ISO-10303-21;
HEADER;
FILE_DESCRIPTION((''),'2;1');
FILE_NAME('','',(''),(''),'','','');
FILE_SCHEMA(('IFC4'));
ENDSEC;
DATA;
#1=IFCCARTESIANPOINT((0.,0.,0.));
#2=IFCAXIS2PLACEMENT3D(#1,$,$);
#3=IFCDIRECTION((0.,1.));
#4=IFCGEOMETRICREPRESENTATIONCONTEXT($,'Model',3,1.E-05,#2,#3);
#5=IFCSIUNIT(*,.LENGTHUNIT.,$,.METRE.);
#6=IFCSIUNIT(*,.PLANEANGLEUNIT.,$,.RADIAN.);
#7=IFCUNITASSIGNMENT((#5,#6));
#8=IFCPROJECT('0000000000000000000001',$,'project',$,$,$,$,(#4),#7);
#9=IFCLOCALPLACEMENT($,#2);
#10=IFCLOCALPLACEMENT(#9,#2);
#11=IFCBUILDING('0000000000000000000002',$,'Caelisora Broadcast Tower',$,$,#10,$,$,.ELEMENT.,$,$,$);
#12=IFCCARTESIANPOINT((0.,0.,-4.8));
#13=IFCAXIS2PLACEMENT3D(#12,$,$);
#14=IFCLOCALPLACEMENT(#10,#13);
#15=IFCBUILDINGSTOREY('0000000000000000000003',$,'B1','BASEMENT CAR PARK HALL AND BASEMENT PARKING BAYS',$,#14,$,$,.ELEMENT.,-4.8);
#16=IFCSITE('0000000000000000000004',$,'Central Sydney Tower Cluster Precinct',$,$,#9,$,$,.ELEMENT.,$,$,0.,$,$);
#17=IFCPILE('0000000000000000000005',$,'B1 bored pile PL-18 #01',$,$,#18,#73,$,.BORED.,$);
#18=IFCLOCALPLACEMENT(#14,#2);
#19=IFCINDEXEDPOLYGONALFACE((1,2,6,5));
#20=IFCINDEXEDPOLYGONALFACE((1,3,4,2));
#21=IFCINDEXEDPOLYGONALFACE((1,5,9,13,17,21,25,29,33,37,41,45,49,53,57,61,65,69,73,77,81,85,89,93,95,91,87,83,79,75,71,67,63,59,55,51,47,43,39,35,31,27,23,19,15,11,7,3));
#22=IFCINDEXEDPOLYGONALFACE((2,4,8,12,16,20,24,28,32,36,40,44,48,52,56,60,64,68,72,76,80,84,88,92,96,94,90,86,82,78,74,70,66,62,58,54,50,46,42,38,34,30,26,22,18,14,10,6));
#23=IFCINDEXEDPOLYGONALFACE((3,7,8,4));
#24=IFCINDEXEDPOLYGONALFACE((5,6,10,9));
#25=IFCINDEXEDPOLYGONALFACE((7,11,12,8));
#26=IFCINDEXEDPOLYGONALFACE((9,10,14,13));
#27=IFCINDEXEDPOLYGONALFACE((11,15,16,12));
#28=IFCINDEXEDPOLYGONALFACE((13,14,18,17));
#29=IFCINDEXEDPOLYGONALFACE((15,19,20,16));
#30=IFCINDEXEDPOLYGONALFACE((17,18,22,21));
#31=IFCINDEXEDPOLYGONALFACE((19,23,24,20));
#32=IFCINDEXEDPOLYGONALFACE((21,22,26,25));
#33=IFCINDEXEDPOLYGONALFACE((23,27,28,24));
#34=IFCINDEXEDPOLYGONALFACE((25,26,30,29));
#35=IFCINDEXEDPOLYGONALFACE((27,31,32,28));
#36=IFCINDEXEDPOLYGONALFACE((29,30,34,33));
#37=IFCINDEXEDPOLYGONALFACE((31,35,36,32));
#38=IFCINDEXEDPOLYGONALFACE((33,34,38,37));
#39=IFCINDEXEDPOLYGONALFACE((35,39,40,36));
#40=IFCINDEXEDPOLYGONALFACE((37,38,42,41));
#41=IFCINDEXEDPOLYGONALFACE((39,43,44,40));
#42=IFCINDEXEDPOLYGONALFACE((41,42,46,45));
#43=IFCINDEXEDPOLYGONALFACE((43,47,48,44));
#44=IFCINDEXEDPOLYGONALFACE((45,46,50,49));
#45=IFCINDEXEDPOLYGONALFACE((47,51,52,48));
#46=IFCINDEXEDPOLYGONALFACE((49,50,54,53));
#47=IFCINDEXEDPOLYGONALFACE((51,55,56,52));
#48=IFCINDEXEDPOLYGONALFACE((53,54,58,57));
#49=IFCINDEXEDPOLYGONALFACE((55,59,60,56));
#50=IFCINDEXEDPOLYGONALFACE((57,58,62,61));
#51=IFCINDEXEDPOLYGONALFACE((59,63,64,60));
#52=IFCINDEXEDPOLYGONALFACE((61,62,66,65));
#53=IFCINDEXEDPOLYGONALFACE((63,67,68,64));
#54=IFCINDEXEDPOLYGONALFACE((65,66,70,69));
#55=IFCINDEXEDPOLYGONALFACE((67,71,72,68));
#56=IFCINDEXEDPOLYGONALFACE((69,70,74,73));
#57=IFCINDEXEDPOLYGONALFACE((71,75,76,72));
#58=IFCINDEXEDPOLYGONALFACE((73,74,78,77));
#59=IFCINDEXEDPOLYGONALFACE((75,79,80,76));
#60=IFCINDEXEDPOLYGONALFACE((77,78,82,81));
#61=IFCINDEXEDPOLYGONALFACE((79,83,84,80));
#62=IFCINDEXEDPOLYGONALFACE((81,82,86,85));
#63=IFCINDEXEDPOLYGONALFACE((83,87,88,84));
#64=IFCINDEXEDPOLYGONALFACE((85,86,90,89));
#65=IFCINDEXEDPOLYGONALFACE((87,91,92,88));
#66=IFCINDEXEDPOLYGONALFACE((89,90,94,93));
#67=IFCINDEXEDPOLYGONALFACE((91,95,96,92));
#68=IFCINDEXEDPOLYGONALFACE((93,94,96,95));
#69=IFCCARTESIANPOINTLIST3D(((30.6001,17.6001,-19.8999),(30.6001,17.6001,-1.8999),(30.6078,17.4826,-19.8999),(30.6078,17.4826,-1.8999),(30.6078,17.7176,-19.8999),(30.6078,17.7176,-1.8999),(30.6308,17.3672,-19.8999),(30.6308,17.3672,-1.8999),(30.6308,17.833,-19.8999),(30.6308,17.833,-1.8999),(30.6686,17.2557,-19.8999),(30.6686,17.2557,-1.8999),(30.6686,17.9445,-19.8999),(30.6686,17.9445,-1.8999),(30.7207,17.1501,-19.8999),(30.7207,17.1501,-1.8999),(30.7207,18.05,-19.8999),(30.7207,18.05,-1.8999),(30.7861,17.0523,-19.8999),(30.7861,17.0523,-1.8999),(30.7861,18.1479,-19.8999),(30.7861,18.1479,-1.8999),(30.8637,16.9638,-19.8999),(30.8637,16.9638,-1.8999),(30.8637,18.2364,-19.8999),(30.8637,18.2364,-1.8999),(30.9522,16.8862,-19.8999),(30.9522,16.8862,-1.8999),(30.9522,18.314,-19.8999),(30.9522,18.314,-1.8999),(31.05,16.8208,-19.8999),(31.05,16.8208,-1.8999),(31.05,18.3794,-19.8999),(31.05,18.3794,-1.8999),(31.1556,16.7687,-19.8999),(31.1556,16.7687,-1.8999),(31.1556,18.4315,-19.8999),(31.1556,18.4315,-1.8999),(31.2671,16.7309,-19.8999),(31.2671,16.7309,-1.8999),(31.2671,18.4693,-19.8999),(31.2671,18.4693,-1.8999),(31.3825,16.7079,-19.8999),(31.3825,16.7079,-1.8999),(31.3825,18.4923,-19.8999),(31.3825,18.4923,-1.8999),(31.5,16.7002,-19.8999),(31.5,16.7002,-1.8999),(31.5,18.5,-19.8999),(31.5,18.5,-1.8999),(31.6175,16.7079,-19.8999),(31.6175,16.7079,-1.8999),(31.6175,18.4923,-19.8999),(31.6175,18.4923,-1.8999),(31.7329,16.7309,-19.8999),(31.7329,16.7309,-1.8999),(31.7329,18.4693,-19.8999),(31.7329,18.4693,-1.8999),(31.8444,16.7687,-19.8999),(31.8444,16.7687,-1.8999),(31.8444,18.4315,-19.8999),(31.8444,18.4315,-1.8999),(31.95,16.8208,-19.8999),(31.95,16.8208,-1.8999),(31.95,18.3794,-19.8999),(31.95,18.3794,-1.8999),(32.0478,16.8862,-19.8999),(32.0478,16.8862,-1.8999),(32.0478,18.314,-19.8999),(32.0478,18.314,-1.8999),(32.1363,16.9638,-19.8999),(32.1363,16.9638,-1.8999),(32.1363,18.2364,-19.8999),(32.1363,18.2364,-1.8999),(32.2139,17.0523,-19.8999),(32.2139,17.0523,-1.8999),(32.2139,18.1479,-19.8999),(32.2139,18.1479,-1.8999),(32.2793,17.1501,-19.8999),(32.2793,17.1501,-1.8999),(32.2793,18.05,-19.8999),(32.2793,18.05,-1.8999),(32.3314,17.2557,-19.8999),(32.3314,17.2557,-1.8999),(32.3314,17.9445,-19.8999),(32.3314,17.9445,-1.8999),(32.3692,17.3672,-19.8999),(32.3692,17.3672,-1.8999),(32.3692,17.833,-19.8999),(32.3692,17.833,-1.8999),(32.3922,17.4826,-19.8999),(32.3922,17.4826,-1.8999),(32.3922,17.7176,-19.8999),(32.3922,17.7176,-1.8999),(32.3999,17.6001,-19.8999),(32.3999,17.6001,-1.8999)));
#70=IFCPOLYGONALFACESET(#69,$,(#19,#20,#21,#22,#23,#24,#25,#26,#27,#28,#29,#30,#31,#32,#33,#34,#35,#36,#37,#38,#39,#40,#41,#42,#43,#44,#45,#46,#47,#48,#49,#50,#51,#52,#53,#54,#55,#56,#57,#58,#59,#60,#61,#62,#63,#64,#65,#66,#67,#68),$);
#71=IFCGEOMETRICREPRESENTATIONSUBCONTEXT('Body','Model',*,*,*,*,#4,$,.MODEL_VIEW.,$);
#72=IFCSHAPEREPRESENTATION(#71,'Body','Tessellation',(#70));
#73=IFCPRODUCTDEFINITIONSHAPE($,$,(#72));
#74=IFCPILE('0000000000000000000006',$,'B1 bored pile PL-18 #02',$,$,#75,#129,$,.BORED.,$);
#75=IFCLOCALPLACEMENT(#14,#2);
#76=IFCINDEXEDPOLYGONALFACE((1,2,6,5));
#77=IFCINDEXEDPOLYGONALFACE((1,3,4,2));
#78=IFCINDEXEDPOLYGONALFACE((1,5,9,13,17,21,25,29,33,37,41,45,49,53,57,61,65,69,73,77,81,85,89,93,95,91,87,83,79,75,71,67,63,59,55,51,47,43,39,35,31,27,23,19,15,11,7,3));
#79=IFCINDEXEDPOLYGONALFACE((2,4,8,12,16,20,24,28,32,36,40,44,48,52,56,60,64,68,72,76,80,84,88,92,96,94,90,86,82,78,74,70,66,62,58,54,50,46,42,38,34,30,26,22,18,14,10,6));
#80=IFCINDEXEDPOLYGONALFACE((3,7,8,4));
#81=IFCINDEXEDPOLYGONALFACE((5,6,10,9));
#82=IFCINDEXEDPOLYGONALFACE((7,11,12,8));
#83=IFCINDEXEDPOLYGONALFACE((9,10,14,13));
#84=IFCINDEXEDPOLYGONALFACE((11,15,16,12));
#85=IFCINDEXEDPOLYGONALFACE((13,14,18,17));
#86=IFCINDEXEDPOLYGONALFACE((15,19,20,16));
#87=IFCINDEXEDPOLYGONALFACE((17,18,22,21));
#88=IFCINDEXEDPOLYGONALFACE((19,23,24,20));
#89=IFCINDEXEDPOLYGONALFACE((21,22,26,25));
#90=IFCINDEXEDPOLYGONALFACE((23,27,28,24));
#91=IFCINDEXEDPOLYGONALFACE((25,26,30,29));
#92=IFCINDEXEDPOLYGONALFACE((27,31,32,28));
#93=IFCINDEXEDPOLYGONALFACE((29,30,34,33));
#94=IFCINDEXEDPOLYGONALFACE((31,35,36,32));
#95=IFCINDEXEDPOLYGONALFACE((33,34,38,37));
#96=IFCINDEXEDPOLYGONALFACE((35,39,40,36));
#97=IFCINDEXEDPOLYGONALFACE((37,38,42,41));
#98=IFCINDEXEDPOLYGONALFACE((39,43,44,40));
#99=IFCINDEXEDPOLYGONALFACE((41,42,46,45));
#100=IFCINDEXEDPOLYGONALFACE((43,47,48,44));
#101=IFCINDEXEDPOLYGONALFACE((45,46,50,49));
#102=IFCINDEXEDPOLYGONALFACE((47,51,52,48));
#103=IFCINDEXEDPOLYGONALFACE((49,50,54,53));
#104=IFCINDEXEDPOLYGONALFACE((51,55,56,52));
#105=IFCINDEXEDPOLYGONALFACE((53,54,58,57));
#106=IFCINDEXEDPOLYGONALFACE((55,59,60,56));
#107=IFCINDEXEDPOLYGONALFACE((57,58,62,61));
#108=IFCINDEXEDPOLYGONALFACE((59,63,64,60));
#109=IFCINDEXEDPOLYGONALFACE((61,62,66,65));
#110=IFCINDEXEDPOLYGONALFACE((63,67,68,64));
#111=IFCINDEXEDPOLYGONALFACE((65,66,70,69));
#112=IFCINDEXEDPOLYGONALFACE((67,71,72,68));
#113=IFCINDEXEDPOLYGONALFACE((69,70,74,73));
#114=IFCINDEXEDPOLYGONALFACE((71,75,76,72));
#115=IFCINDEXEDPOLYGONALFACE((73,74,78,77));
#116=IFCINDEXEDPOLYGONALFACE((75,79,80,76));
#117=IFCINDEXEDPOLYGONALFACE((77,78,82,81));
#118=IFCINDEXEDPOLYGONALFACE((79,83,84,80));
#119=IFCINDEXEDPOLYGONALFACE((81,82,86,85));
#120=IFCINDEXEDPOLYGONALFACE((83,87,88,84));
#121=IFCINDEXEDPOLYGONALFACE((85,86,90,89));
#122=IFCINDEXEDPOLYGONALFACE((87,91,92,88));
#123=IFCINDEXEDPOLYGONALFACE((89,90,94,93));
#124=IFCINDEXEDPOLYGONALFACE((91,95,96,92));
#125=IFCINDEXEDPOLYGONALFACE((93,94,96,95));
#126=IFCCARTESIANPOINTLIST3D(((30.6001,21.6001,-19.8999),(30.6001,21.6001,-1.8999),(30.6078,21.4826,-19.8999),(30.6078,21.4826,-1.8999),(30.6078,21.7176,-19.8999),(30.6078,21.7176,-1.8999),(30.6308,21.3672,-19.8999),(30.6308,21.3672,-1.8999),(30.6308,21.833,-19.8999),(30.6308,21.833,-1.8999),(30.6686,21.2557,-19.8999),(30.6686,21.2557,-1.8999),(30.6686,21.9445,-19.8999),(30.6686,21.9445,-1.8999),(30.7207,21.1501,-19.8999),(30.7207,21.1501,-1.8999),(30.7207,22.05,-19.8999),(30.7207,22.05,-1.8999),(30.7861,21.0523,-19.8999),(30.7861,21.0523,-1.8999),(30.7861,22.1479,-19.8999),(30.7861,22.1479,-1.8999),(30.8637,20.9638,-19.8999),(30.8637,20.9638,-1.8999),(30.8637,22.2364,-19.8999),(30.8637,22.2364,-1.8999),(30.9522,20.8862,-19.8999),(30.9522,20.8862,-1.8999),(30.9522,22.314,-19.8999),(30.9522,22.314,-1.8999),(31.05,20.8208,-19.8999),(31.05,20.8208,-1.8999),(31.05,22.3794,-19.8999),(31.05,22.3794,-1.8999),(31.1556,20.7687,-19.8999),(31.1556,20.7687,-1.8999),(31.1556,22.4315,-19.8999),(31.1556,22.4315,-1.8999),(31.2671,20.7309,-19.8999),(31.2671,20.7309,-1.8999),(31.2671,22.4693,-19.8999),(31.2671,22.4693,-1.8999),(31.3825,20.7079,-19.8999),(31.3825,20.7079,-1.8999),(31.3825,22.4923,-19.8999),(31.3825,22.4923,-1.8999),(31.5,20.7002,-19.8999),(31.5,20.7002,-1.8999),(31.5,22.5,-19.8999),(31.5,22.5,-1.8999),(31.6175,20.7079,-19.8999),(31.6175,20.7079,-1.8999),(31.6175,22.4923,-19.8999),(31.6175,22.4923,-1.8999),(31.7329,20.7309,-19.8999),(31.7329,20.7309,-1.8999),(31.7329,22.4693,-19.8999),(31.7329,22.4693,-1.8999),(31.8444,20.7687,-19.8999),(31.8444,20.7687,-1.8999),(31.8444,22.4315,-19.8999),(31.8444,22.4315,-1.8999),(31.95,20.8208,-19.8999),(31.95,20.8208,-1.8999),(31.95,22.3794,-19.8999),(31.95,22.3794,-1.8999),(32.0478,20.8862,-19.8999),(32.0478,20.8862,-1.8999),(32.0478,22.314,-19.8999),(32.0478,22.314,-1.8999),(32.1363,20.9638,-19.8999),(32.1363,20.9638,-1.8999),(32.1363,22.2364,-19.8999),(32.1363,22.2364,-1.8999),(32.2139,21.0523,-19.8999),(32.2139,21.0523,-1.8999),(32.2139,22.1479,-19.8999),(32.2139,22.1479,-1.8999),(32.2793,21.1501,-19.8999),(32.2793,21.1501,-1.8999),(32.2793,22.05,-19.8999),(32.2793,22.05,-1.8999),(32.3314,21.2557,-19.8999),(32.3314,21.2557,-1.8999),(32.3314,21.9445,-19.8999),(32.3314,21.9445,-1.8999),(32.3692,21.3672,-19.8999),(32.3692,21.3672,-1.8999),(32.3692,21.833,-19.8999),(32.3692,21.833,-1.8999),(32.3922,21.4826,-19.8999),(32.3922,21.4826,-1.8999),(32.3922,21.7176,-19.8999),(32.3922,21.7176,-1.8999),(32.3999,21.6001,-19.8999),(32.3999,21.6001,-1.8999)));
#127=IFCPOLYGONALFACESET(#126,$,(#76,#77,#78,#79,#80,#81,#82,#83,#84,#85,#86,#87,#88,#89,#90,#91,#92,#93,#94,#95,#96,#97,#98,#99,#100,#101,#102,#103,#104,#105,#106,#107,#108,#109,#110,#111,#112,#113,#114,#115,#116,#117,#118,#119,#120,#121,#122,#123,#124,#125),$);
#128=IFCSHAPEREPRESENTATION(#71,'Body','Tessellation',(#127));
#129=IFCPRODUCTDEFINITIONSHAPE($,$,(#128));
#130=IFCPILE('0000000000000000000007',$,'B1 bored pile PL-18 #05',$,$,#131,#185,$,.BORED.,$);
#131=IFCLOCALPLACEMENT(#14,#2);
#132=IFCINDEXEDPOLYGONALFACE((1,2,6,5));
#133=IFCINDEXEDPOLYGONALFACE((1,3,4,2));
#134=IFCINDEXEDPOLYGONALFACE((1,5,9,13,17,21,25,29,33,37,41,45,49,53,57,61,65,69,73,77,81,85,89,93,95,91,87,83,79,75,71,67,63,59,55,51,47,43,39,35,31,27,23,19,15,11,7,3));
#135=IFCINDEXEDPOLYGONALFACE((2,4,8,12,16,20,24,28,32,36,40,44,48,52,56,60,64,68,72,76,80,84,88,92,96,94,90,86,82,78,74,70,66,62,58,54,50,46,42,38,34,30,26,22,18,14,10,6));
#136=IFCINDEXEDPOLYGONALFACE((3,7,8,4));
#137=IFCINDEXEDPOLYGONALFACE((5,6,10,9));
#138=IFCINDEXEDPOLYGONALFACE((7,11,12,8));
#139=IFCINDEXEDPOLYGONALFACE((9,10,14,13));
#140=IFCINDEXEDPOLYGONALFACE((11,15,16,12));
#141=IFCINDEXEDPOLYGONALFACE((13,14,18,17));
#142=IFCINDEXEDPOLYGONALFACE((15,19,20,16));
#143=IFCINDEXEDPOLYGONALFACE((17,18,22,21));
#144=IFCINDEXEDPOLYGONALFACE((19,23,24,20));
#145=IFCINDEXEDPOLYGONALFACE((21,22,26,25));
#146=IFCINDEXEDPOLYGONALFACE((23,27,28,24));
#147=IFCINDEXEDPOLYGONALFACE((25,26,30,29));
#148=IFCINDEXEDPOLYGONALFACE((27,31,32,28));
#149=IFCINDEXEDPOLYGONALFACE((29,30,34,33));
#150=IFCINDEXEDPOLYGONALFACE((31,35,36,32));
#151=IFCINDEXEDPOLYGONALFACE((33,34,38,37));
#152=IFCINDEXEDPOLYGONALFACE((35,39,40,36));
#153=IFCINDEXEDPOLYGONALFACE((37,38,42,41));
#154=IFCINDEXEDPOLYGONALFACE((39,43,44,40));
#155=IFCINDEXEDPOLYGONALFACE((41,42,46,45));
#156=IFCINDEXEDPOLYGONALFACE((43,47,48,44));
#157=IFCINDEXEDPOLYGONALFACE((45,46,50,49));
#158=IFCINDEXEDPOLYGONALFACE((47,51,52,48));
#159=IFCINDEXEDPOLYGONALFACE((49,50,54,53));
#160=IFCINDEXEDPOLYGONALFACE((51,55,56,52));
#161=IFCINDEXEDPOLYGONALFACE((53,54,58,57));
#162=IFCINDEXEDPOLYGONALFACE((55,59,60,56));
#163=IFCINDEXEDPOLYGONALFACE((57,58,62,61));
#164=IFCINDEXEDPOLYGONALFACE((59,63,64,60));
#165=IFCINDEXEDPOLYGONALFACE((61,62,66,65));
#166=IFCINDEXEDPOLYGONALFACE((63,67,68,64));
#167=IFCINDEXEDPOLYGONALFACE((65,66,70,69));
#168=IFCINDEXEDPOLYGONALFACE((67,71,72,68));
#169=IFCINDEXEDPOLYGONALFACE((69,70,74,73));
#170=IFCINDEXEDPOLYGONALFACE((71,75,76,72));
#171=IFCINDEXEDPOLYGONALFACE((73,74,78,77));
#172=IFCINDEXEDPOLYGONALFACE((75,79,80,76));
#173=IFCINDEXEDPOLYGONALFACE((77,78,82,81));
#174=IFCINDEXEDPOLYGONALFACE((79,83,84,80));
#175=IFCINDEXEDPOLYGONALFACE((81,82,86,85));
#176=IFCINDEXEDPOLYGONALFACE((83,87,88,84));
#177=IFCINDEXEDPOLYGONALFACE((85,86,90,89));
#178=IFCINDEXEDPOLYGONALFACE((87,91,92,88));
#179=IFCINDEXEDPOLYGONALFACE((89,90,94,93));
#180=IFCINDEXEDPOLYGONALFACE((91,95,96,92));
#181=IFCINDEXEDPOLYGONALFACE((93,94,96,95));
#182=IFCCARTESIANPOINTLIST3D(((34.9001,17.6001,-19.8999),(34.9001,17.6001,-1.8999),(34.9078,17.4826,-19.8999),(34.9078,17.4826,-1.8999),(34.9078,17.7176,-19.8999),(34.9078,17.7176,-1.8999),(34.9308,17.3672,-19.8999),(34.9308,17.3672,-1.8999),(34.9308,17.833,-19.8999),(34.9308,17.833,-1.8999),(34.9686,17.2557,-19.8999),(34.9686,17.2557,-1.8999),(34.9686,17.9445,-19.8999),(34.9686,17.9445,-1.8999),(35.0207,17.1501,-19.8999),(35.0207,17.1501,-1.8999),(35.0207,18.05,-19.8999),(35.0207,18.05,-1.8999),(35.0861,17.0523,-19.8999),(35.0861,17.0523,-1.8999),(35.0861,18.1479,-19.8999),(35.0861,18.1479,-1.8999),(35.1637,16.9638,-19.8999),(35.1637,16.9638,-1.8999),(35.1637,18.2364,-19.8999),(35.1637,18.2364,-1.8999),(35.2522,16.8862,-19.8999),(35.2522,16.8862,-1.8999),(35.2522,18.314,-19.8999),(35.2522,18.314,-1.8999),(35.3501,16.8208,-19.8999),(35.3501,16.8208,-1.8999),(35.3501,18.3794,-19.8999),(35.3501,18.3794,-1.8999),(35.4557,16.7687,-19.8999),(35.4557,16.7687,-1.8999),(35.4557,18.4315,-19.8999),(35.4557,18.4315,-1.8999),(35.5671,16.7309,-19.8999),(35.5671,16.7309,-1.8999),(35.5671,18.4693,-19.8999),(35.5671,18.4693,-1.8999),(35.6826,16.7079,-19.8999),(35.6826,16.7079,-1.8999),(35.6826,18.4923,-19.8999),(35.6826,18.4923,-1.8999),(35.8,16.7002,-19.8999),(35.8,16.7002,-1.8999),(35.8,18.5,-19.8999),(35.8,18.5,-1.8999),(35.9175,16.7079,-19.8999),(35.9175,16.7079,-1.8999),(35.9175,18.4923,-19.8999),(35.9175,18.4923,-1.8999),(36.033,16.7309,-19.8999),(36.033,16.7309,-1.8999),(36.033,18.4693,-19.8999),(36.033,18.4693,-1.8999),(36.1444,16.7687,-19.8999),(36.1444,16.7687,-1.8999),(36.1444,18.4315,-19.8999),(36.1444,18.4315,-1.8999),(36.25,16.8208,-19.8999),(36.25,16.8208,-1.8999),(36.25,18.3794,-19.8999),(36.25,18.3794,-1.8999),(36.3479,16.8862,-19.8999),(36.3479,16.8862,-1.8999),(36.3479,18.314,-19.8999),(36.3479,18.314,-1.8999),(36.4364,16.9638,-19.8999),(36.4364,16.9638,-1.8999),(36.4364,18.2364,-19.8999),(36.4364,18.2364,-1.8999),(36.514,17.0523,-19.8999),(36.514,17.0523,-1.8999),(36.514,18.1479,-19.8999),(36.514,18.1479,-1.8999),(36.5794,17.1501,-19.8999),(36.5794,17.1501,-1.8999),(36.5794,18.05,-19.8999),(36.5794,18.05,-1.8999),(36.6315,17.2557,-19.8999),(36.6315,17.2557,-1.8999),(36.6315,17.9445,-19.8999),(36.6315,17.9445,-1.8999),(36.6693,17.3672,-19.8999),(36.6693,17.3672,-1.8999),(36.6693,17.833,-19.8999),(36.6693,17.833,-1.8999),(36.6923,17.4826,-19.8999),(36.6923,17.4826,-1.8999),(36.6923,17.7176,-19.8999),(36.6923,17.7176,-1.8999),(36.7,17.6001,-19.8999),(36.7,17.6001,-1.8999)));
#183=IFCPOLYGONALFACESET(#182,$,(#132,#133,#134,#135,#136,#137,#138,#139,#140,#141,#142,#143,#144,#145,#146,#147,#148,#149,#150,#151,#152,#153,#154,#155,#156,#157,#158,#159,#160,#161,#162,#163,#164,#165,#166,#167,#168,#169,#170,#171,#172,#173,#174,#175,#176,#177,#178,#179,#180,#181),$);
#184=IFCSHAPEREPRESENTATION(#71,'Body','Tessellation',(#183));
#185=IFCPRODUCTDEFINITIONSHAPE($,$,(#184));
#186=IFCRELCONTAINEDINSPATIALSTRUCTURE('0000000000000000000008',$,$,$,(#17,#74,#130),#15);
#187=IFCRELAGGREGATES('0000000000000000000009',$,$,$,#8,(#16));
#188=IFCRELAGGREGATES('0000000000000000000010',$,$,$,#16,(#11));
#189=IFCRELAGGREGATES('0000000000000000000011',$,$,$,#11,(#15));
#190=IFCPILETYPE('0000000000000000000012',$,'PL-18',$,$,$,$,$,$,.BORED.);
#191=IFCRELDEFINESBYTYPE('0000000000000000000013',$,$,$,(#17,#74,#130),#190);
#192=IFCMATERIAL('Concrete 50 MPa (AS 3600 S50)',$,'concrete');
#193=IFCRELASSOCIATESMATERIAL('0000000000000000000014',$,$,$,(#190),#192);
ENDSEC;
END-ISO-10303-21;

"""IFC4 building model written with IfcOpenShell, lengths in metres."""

from ifc_helpers import new_model, si_unit, direction, frame, origin, origin_2d, place, context, subcontext, project, spatial, circle, extrude, material, material_profile, profile_set, type_object, element, save


model = new_model("IFC4")

# Units and contexts
model_context = context("Model", 3, precision=1e-05, world=origin(), true_north=direction((0.0, 1.0)))
body_context = subcontext(model_context, "Body", "Model", "MODEL_VIEW")
ifc_project = project(units=[si_unit("LENGTHUNIT", "METRE"), si_unit("PLANEANGLEUNIT", "RADIAN")], contexts=[model_context])

# Site, building, storey
site_placement = place(None, origin())
site = spatial("IfcSite", under=ifc_project, at=site_placement, Name="Central Sydney Tower Cluster Precinct", CompositionType="ELEMENT", RefElevation=0.0)
building_placement = place(site_placement, origin())
building = spatial("IfcBuilding", under=site, at=building_placement, Name="Caelisora Broadcast Tower", CompositionType="ELEMENT")
storey_placement = place(building_placement, frame((0.0, 0.0, -4.8)))
storey = spatial("IfcBuildingStorey", under=building, at=storey_placement, Name="B1", Description="BASEMENT CAR PARK HALL AND BASEMENT PARKING BAYS", CompositionType="ELEMENT", Elevation=-4.8)

# Piles
ifc_material_1 = material(Name="Concrete 50 MPa (AS 3600 S50)", Category="concrete")
ifc_material_profile_1 = material_profile(ifc_material_1, circle(Radius=0.8999, at=origin_2d()), Name="Concrete 50 MPa (AS 3600 S50)")
ifc_profile_set_1 = profile_set([ifc_material_profile_1], Name="Concrete 50 MPa (AS 3600 S50)")
pile_type = type_object("IfcPileType", Name="PL-18", PredefinedType="BORED", material=ifc_profile_set_1)
for number, where, z_axis, x_axis, name in (
    (1, (31.5, 17.6001, -1.8999), (0.0, 0.0, -1.0), (1.0, 0.0, 0.0), "B1 bored pile PL-18 #01"),
    (2, (31.5, 21.6001, -1.8999), (0.0, 0.0, -1.0), (1.0, 0.0, 0.0), "B1 bored pile PL-18 #02"),
    (3, (35.8, 17.6001, -1.8999), (0.0, 0.0, -1.0), (1.0, 0.0, 0.0), "B1 bored pile PL-18 #05"),
):
    element("IfcPile", number, at=place(storey_placement, frame(where, z_axis=z_axis, x_axis=x_axis)), inside=storey, type_object=pile_type, Name=name, PredefinedType="BORED", context=body_context, shape_type="SweptSolid", body=[
        extrude(circle(Radius=0.8999, at=origin_2d()), origin(), (0.0, 0.0, 1.0), 18.0),
    ])

save(model, "model.ifc")
